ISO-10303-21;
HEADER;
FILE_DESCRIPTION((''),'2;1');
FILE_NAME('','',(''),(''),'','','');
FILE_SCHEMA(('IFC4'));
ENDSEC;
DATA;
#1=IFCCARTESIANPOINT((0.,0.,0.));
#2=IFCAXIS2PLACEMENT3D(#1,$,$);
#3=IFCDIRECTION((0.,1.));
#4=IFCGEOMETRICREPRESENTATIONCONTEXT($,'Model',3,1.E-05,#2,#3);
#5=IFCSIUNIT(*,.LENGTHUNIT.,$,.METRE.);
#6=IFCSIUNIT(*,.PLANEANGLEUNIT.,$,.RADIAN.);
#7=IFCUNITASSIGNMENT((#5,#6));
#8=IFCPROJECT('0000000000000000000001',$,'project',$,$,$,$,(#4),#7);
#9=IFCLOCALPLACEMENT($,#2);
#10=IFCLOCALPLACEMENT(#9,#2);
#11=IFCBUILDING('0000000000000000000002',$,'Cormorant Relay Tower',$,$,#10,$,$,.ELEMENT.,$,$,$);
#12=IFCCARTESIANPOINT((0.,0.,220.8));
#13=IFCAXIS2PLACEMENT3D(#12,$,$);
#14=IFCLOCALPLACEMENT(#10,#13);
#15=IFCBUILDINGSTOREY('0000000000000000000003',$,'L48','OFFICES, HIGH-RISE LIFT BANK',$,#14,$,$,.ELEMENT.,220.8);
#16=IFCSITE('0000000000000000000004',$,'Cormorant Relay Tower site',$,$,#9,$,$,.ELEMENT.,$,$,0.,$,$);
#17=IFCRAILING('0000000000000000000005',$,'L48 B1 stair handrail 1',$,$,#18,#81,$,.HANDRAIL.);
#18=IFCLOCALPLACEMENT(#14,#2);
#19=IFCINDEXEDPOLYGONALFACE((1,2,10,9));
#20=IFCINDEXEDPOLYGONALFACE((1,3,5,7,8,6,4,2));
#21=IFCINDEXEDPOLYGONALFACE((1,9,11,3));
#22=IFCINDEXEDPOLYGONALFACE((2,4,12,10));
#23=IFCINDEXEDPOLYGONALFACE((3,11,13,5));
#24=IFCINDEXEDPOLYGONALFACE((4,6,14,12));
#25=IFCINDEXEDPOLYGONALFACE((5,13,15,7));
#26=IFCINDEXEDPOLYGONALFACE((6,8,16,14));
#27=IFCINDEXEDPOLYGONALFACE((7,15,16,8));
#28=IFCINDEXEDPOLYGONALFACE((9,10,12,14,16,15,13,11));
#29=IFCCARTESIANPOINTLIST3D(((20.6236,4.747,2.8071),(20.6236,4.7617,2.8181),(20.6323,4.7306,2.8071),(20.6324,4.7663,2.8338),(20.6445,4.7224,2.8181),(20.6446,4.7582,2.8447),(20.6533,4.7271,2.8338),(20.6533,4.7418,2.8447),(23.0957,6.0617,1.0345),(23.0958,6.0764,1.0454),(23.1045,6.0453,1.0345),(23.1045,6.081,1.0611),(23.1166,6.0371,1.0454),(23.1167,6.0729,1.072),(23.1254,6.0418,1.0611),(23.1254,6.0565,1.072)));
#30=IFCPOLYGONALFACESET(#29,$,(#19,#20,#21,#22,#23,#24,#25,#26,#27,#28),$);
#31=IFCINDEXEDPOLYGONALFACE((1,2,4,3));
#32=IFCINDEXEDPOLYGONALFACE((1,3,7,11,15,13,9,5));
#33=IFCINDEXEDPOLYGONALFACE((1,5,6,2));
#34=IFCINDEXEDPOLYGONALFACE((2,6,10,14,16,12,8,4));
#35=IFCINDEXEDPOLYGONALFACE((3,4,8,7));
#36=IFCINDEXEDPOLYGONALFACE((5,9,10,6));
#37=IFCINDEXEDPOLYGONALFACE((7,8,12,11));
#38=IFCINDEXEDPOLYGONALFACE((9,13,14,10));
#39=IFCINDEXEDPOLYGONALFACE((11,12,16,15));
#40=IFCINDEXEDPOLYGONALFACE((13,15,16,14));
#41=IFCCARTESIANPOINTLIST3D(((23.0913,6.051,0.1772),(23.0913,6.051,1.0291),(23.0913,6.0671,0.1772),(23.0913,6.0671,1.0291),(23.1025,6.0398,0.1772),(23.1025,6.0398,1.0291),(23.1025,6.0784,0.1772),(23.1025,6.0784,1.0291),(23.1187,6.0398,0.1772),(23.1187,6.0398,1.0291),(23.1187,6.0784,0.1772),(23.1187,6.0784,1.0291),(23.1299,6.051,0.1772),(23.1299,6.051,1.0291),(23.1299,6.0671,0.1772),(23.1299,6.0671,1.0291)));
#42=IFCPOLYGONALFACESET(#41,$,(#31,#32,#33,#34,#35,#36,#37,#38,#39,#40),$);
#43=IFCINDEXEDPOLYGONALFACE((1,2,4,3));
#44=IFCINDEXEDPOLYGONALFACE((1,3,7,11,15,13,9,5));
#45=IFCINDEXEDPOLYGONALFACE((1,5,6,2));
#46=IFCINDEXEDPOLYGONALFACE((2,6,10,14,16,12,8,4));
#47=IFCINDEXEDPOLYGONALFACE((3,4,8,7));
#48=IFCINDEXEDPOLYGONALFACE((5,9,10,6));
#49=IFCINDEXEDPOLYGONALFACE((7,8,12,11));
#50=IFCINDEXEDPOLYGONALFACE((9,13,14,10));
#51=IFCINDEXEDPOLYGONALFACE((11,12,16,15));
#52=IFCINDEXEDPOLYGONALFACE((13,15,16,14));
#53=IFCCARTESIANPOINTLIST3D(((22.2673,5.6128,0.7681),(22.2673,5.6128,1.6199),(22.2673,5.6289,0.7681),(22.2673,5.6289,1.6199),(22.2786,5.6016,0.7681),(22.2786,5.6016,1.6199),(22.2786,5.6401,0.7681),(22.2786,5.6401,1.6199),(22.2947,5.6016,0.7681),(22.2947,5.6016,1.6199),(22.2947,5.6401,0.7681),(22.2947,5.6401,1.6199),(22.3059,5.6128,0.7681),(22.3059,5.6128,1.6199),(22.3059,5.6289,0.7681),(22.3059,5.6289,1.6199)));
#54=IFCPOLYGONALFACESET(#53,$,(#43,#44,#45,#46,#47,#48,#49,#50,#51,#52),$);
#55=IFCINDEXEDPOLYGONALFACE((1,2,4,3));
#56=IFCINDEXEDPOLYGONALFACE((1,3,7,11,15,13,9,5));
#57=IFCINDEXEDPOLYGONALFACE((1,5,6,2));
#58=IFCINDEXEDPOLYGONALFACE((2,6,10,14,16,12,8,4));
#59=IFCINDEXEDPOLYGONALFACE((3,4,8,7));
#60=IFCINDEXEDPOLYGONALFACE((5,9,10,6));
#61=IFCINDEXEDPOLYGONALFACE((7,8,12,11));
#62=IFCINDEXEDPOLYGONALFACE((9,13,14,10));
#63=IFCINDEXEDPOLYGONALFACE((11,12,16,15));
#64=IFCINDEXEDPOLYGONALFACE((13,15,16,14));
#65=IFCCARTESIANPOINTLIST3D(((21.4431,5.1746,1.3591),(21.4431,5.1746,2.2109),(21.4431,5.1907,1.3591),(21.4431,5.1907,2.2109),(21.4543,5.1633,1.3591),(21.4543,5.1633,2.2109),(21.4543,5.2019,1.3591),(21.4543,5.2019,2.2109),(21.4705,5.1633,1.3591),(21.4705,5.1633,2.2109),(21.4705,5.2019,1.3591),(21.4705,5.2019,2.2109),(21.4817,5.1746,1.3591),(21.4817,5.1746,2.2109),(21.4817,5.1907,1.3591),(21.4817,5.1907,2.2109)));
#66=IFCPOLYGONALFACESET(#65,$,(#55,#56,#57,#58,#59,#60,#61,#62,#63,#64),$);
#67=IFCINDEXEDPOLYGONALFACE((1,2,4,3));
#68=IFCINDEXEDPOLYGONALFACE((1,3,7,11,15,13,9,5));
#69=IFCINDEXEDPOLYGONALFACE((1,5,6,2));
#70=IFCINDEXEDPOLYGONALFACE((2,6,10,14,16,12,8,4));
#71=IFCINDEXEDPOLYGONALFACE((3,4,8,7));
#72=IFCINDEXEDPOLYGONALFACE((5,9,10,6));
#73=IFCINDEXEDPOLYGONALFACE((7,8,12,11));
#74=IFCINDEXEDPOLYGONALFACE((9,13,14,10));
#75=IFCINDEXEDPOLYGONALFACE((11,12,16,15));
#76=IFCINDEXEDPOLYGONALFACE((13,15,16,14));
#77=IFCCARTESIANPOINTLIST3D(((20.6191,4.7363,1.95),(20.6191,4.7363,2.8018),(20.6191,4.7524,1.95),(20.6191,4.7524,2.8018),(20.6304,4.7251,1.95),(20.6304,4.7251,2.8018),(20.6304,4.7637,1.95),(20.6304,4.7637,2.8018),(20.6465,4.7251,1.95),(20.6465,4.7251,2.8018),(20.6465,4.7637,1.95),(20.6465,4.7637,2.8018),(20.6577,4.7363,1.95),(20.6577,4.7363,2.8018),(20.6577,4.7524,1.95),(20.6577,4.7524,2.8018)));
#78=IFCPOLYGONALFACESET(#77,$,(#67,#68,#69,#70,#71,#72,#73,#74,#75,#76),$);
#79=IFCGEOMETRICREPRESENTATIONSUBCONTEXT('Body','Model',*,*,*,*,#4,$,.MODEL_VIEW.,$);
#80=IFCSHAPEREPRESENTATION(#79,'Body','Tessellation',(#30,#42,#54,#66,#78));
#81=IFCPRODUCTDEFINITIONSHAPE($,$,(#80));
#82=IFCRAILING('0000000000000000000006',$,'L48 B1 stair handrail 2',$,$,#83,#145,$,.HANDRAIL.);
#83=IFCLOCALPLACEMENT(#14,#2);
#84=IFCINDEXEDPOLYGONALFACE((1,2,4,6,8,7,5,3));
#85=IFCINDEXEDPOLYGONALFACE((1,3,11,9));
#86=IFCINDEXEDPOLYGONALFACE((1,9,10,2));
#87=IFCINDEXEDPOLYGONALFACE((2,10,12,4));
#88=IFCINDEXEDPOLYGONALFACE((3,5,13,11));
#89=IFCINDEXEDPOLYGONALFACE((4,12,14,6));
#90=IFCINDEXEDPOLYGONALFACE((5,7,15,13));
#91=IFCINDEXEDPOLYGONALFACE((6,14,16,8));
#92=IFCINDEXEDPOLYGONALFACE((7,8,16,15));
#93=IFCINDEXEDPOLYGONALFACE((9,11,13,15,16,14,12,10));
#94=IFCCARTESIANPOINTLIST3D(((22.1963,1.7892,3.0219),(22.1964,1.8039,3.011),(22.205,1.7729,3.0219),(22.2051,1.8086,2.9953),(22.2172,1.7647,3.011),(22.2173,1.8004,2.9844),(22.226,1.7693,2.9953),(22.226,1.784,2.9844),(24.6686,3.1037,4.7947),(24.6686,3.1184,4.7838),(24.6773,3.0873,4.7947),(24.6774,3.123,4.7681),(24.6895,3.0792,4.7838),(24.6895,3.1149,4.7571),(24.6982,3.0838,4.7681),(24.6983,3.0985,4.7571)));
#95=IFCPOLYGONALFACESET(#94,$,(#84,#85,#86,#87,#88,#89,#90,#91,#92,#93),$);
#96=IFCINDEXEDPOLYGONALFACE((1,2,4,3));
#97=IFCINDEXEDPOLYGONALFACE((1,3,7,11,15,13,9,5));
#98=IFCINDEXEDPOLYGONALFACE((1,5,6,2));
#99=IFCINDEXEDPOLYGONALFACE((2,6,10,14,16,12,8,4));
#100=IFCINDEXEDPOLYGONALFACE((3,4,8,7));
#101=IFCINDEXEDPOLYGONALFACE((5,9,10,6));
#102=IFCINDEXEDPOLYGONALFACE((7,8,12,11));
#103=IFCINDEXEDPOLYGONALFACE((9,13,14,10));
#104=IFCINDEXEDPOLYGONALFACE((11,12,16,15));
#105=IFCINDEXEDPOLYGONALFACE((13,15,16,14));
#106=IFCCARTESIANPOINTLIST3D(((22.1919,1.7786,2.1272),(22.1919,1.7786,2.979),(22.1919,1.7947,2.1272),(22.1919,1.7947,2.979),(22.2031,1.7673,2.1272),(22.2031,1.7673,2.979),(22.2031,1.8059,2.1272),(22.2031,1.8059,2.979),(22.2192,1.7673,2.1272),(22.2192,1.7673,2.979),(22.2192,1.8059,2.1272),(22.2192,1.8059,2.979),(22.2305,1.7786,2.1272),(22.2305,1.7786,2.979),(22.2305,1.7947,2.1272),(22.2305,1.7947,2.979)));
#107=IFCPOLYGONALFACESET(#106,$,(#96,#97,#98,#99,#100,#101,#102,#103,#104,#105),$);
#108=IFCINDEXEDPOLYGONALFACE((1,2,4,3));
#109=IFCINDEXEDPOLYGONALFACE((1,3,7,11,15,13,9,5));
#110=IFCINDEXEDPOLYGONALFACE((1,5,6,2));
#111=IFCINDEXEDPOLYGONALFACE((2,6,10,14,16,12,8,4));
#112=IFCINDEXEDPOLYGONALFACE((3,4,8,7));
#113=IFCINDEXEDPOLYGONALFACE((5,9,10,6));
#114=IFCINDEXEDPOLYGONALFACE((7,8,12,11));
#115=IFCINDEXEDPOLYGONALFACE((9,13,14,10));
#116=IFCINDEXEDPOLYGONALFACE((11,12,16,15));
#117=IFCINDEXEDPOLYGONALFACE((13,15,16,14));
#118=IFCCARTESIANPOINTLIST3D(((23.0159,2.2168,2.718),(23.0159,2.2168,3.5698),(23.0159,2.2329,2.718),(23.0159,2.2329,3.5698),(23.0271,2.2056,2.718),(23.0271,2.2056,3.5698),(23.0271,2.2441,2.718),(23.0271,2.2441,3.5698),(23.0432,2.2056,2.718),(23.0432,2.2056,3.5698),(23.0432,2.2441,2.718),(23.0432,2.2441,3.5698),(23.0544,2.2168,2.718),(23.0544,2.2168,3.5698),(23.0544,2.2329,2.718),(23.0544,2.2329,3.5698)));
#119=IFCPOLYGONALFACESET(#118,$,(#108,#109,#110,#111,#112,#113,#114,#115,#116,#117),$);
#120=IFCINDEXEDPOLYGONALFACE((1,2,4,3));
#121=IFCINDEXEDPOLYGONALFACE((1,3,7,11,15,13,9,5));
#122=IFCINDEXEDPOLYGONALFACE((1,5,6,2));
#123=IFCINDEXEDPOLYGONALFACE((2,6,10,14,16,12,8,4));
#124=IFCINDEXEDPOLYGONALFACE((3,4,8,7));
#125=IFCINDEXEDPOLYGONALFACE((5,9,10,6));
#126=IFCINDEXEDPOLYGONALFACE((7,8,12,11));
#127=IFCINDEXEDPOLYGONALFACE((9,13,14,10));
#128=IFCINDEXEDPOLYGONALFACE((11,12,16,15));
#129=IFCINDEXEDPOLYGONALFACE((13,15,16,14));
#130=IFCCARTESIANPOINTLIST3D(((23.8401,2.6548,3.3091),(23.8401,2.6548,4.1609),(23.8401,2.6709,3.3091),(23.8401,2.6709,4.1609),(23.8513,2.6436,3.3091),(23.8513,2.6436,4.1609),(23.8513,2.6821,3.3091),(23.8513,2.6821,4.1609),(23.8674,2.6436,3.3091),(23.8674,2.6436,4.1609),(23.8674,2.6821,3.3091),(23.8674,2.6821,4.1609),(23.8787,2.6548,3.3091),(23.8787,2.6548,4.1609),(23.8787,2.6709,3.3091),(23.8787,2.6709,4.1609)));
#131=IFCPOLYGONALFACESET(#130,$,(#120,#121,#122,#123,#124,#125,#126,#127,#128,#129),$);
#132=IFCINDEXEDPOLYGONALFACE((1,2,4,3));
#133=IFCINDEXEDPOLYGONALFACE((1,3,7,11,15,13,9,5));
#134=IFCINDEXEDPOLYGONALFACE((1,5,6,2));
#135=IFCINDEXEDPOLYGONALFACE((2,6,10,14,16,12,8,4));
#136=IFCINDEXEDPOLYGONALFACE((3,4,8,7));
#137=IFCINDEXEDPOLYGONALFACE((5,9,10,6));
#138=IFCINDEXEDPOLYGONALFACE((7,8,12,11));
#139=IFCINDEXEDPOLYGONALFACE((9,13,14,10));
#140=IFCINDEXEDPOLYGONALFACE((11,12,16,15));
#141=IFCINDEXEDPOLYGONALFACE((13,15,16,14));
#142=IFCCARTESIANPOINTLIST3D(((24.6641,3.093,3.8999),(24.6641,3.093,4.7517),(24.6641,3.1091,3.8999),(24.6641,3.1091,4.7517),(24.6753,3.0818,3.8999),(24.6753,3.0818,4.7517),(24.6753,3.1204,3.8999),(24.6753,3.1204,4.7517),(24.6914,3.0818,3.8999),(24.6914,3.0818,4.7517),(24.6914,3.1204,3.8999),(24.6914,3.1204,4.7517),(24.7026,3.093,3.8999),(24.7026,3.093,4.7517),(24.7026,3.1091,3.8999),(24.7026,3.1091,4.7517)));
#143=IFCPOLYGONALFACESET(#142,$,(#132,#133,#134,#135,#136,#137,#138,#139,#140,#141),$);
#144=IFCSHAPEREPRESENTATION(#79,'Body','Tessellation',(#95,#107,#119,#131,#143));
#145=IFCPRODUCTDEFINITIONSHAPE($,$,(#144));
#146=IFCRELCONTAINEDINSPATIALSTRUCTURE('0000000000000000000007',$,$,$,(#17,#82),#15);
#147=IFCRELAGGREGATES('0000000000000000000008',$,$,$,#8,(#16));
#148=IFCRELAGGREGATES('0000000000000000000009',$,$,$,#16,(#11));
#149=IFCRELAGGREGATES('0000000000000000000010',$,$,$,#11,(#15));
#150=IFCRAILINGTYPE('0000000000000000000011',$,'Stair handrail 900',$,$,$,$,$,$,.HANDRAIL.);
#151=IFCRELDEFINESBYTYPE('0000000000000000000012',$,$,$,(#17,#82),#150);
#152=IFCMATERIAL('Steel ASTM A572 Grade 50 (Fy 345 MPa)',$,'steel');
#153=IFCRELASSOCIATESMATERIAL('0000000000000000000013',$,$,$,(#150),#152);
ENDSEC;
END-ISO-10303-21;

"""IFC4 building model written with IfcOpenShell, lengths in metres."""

from ifc_helpers import new_model, si_unit, direction, frame, origin, place, context, subcontext, project, spatial, polyline, outline, extrude, material, type_object, element, save


model = new_model("IFC4")

# Units and contexts
model_context = context("Model", 3, precision=1e-05, world=origin(), true_north=direction((0.0, 1.0)))
body_context = subcontext(model_context, "Body", "Model", "MODEL_VIEW")
ifc_project = project(units=[si_unit("LENGTHUNIT", "METRE"), si_unit("PLANEANGLEUNIT", "RADIAN")], contexts=[model_context])

# Site, building, storey
site_placement = place(None, origin())
site = spatial("IfcSite", under=ifc_project, at=site_placement, Name="Cormorant Relay Tower site", CompositionType="ELEMENT", RefElevation=0.0)
building_placement = place(site_placement, origin())
building = spatial("IfcBuilding", under=site, at=building_placement, Name="Cormorant Relay Tower", CompositionType="ELEMENT")
storey_placement = place(building_placement, frame((0.0, 0.0, 220.8)))
storey = spatial("IfcBuildingStorey", under=building, at=storey_placement, Name="L48", Description="OFFICES, HIGH-RISE LIFT BANK", CompositionType="ELEMENT", Elevation=220.8)

# Railings
ifc_material_1 = material(Name="Steel ASTM A572 Grade 50 (Fy 345 MPa)", Category="steel")
railing_type_1 = type_object("IfcRailingType", Name="Stair handrail 900", PredefinedType="HANDRAIL", material=ifc_material_1)
railing_1_placement = place(storey_placement, frame((23.1106, 6.0591, 0.1772)))
element("IfcRailing", 1, at=railing_1_placement, inside=storey, type_object=railing_type_1, Name="L48 B1 stair handrail 1", PredefinedType="HANDRAIL", context=body_context, shape_type="SweptSolid", body=[
    extrude(outline(polyline([(0.0222, 0.0093), (0.0093, 0.0222), (-0.0093, 0.0222), (-0.0222, 0.0093), (-0.0222, -0.0093), (-0.0093, -0.0222), (0.0093, -0.0222), (0.0222, -0.0093), (0.0222, 0.0093)])), frame((0.0, 0.0, 0.876), z_axis=(-0.745979, -0.396711, 0.534916), x_axis=(0.469533, -0.882915, 0.0)), (0.0, 0.0, 1.0), 3.314),
    extrude(outline(polyline([(0.0193, 0.0081), (0.0081, 0.0193), (-0.0081, 0.0193), (-0.0193, 0.0081), (-0.0193, -0.0081), (-0.0081, -0.0193), (0.0081, -0.0193), (0.0193, -0.0081), (0.0193, 0.0081)])), origin(), (0.0, 0.0, 1.0), 0.8518),
    extrude(outline(polyline([(0.0193, 0.0081), (0.0081, 0.0193), (-0.0081, 0.0193), (-0.0193, 0.0081), (-0.0193, -0.0081), (-0.0081, -0.0193), (0.0081, -0.0193), (0.0193, -0.0081), (0.0193, 0.0081)])), frame((-0.824, -0.4382, 0.5908)), (0.0, 0.0, 1.0), 0.8518),
    extrude(outline(polyline([(0.0193, 0.0081), (0.0081, 0.0193), (-0.0081, 0.0193), (-0.0193, 0.0081), (-0.0193, -0.0081), (-0.0081, -0.0193), (0.0081, -0.0193), (0.0193, -0.0081), (0.0193, 0.0081)])), frame((-1.6482, -0.8765, 1.1819)), (0.0, 0.0, 1.0), 0.8518),
    extrude(outline(polyline([(0.0193, 0.0081), (0.0081, 0.0193), (-0.0081, 0.0193), (-0.0193, 0.0081), (-0.0193, -0.0081), (-0.0081, -0.0193), (0.0081, -0.0193), (0.0193, -0.0081), (0.0193, 0.0081)])), frame((-2.4722, -1.3147, 1.7727)), (0.0, 0.0, 1.0), 0.8518),
])
railing_2_placement = place(storey_placement, frame((22.2112, 1.7866, 2.1272)))
element("IfcRailing", 2, at=railing_2_placement, inside=storey, type_object=railing_type_1, Name="L48 B1 stair handrail 2", PredefinedType="HANDRAIL", context=body_context, shape_type="SweptSolid", body=[
    extrude(outline(polyline([(0.0222, 0.0093), (0.0093, 0.0222), (-0.0093, 0.0222), (-0.0222, 0.0093), (-0.0222, -0.0093), (-0.0093, -0.0222), (0.0093, -0.0222), (0.0222, -0.0093), (0.0222, 0.0093)])), frame((0.0, 0.0, 0.876), z_axis=(0.746001, 0.396649, 0.534931), x_axis=(-0.469465, 0.882951, 0.0)), (0.0, 0.0, 1.0), 3.314),
    extrude(outline(polyline([(0.0193, 0.0081), (0.0081, 0.0193), (-0.0081, 0.0193), (-0.0193, 0.0081), (-0.0193, -0.0081), (-0.0081, -0.0193), (0.0081, -0.0193), (0.0193, -0.0081), (0.0193, 0.0081)])), origin(), (0.0, 0.0, 1.0), 0.8518),
    extrude(outline(polyline([(0.0193, 0.0081), (0.0081, 0.0193), (-0.0081, 0.0193), (-0.0193, 0.0081), (-0.0193, -0.0081), (-0.0081, -0.0193), (0.0081, -0.0193), (0.0193, -0.0081), (0.0193, 0.0081)])), frame((0.824, 0.4382, 0.5908)), (0.0, 0.0, 1.0), 0.8518),
    extrude(outline(polyline([(0.0193, 0.0081), (0.0081, 0.0193), (-0.0081, 0.0193), (-0.0193, 0.0081), (-0.0193, -0.0081), (-0.0081, -0.0193), (0.0081, -0.0193), (0.0193, -0.0081), (0.0193, 0.0081)])), frame((1.6482, 0.8762, 1.1819)), (0.0, 0.0, 1.0), 0.8518),
    extrude(outline(polyline([(0.0193, 0.0081), (0.0081, 0.0193), (-0.0081, 0.0193), (-0.0193, 0.0081), (-0.0193, -0.0081), (-0.0081, -0.0193), (0.0081, -0.0193), (0.0193, -0.0081), (0.0193, 0.0081)])), frame((2.4722, 1.3145, 1.7727)), (0.0, 0.0, 1.0), 0.8518),
])

save(model, "model.ifc")
